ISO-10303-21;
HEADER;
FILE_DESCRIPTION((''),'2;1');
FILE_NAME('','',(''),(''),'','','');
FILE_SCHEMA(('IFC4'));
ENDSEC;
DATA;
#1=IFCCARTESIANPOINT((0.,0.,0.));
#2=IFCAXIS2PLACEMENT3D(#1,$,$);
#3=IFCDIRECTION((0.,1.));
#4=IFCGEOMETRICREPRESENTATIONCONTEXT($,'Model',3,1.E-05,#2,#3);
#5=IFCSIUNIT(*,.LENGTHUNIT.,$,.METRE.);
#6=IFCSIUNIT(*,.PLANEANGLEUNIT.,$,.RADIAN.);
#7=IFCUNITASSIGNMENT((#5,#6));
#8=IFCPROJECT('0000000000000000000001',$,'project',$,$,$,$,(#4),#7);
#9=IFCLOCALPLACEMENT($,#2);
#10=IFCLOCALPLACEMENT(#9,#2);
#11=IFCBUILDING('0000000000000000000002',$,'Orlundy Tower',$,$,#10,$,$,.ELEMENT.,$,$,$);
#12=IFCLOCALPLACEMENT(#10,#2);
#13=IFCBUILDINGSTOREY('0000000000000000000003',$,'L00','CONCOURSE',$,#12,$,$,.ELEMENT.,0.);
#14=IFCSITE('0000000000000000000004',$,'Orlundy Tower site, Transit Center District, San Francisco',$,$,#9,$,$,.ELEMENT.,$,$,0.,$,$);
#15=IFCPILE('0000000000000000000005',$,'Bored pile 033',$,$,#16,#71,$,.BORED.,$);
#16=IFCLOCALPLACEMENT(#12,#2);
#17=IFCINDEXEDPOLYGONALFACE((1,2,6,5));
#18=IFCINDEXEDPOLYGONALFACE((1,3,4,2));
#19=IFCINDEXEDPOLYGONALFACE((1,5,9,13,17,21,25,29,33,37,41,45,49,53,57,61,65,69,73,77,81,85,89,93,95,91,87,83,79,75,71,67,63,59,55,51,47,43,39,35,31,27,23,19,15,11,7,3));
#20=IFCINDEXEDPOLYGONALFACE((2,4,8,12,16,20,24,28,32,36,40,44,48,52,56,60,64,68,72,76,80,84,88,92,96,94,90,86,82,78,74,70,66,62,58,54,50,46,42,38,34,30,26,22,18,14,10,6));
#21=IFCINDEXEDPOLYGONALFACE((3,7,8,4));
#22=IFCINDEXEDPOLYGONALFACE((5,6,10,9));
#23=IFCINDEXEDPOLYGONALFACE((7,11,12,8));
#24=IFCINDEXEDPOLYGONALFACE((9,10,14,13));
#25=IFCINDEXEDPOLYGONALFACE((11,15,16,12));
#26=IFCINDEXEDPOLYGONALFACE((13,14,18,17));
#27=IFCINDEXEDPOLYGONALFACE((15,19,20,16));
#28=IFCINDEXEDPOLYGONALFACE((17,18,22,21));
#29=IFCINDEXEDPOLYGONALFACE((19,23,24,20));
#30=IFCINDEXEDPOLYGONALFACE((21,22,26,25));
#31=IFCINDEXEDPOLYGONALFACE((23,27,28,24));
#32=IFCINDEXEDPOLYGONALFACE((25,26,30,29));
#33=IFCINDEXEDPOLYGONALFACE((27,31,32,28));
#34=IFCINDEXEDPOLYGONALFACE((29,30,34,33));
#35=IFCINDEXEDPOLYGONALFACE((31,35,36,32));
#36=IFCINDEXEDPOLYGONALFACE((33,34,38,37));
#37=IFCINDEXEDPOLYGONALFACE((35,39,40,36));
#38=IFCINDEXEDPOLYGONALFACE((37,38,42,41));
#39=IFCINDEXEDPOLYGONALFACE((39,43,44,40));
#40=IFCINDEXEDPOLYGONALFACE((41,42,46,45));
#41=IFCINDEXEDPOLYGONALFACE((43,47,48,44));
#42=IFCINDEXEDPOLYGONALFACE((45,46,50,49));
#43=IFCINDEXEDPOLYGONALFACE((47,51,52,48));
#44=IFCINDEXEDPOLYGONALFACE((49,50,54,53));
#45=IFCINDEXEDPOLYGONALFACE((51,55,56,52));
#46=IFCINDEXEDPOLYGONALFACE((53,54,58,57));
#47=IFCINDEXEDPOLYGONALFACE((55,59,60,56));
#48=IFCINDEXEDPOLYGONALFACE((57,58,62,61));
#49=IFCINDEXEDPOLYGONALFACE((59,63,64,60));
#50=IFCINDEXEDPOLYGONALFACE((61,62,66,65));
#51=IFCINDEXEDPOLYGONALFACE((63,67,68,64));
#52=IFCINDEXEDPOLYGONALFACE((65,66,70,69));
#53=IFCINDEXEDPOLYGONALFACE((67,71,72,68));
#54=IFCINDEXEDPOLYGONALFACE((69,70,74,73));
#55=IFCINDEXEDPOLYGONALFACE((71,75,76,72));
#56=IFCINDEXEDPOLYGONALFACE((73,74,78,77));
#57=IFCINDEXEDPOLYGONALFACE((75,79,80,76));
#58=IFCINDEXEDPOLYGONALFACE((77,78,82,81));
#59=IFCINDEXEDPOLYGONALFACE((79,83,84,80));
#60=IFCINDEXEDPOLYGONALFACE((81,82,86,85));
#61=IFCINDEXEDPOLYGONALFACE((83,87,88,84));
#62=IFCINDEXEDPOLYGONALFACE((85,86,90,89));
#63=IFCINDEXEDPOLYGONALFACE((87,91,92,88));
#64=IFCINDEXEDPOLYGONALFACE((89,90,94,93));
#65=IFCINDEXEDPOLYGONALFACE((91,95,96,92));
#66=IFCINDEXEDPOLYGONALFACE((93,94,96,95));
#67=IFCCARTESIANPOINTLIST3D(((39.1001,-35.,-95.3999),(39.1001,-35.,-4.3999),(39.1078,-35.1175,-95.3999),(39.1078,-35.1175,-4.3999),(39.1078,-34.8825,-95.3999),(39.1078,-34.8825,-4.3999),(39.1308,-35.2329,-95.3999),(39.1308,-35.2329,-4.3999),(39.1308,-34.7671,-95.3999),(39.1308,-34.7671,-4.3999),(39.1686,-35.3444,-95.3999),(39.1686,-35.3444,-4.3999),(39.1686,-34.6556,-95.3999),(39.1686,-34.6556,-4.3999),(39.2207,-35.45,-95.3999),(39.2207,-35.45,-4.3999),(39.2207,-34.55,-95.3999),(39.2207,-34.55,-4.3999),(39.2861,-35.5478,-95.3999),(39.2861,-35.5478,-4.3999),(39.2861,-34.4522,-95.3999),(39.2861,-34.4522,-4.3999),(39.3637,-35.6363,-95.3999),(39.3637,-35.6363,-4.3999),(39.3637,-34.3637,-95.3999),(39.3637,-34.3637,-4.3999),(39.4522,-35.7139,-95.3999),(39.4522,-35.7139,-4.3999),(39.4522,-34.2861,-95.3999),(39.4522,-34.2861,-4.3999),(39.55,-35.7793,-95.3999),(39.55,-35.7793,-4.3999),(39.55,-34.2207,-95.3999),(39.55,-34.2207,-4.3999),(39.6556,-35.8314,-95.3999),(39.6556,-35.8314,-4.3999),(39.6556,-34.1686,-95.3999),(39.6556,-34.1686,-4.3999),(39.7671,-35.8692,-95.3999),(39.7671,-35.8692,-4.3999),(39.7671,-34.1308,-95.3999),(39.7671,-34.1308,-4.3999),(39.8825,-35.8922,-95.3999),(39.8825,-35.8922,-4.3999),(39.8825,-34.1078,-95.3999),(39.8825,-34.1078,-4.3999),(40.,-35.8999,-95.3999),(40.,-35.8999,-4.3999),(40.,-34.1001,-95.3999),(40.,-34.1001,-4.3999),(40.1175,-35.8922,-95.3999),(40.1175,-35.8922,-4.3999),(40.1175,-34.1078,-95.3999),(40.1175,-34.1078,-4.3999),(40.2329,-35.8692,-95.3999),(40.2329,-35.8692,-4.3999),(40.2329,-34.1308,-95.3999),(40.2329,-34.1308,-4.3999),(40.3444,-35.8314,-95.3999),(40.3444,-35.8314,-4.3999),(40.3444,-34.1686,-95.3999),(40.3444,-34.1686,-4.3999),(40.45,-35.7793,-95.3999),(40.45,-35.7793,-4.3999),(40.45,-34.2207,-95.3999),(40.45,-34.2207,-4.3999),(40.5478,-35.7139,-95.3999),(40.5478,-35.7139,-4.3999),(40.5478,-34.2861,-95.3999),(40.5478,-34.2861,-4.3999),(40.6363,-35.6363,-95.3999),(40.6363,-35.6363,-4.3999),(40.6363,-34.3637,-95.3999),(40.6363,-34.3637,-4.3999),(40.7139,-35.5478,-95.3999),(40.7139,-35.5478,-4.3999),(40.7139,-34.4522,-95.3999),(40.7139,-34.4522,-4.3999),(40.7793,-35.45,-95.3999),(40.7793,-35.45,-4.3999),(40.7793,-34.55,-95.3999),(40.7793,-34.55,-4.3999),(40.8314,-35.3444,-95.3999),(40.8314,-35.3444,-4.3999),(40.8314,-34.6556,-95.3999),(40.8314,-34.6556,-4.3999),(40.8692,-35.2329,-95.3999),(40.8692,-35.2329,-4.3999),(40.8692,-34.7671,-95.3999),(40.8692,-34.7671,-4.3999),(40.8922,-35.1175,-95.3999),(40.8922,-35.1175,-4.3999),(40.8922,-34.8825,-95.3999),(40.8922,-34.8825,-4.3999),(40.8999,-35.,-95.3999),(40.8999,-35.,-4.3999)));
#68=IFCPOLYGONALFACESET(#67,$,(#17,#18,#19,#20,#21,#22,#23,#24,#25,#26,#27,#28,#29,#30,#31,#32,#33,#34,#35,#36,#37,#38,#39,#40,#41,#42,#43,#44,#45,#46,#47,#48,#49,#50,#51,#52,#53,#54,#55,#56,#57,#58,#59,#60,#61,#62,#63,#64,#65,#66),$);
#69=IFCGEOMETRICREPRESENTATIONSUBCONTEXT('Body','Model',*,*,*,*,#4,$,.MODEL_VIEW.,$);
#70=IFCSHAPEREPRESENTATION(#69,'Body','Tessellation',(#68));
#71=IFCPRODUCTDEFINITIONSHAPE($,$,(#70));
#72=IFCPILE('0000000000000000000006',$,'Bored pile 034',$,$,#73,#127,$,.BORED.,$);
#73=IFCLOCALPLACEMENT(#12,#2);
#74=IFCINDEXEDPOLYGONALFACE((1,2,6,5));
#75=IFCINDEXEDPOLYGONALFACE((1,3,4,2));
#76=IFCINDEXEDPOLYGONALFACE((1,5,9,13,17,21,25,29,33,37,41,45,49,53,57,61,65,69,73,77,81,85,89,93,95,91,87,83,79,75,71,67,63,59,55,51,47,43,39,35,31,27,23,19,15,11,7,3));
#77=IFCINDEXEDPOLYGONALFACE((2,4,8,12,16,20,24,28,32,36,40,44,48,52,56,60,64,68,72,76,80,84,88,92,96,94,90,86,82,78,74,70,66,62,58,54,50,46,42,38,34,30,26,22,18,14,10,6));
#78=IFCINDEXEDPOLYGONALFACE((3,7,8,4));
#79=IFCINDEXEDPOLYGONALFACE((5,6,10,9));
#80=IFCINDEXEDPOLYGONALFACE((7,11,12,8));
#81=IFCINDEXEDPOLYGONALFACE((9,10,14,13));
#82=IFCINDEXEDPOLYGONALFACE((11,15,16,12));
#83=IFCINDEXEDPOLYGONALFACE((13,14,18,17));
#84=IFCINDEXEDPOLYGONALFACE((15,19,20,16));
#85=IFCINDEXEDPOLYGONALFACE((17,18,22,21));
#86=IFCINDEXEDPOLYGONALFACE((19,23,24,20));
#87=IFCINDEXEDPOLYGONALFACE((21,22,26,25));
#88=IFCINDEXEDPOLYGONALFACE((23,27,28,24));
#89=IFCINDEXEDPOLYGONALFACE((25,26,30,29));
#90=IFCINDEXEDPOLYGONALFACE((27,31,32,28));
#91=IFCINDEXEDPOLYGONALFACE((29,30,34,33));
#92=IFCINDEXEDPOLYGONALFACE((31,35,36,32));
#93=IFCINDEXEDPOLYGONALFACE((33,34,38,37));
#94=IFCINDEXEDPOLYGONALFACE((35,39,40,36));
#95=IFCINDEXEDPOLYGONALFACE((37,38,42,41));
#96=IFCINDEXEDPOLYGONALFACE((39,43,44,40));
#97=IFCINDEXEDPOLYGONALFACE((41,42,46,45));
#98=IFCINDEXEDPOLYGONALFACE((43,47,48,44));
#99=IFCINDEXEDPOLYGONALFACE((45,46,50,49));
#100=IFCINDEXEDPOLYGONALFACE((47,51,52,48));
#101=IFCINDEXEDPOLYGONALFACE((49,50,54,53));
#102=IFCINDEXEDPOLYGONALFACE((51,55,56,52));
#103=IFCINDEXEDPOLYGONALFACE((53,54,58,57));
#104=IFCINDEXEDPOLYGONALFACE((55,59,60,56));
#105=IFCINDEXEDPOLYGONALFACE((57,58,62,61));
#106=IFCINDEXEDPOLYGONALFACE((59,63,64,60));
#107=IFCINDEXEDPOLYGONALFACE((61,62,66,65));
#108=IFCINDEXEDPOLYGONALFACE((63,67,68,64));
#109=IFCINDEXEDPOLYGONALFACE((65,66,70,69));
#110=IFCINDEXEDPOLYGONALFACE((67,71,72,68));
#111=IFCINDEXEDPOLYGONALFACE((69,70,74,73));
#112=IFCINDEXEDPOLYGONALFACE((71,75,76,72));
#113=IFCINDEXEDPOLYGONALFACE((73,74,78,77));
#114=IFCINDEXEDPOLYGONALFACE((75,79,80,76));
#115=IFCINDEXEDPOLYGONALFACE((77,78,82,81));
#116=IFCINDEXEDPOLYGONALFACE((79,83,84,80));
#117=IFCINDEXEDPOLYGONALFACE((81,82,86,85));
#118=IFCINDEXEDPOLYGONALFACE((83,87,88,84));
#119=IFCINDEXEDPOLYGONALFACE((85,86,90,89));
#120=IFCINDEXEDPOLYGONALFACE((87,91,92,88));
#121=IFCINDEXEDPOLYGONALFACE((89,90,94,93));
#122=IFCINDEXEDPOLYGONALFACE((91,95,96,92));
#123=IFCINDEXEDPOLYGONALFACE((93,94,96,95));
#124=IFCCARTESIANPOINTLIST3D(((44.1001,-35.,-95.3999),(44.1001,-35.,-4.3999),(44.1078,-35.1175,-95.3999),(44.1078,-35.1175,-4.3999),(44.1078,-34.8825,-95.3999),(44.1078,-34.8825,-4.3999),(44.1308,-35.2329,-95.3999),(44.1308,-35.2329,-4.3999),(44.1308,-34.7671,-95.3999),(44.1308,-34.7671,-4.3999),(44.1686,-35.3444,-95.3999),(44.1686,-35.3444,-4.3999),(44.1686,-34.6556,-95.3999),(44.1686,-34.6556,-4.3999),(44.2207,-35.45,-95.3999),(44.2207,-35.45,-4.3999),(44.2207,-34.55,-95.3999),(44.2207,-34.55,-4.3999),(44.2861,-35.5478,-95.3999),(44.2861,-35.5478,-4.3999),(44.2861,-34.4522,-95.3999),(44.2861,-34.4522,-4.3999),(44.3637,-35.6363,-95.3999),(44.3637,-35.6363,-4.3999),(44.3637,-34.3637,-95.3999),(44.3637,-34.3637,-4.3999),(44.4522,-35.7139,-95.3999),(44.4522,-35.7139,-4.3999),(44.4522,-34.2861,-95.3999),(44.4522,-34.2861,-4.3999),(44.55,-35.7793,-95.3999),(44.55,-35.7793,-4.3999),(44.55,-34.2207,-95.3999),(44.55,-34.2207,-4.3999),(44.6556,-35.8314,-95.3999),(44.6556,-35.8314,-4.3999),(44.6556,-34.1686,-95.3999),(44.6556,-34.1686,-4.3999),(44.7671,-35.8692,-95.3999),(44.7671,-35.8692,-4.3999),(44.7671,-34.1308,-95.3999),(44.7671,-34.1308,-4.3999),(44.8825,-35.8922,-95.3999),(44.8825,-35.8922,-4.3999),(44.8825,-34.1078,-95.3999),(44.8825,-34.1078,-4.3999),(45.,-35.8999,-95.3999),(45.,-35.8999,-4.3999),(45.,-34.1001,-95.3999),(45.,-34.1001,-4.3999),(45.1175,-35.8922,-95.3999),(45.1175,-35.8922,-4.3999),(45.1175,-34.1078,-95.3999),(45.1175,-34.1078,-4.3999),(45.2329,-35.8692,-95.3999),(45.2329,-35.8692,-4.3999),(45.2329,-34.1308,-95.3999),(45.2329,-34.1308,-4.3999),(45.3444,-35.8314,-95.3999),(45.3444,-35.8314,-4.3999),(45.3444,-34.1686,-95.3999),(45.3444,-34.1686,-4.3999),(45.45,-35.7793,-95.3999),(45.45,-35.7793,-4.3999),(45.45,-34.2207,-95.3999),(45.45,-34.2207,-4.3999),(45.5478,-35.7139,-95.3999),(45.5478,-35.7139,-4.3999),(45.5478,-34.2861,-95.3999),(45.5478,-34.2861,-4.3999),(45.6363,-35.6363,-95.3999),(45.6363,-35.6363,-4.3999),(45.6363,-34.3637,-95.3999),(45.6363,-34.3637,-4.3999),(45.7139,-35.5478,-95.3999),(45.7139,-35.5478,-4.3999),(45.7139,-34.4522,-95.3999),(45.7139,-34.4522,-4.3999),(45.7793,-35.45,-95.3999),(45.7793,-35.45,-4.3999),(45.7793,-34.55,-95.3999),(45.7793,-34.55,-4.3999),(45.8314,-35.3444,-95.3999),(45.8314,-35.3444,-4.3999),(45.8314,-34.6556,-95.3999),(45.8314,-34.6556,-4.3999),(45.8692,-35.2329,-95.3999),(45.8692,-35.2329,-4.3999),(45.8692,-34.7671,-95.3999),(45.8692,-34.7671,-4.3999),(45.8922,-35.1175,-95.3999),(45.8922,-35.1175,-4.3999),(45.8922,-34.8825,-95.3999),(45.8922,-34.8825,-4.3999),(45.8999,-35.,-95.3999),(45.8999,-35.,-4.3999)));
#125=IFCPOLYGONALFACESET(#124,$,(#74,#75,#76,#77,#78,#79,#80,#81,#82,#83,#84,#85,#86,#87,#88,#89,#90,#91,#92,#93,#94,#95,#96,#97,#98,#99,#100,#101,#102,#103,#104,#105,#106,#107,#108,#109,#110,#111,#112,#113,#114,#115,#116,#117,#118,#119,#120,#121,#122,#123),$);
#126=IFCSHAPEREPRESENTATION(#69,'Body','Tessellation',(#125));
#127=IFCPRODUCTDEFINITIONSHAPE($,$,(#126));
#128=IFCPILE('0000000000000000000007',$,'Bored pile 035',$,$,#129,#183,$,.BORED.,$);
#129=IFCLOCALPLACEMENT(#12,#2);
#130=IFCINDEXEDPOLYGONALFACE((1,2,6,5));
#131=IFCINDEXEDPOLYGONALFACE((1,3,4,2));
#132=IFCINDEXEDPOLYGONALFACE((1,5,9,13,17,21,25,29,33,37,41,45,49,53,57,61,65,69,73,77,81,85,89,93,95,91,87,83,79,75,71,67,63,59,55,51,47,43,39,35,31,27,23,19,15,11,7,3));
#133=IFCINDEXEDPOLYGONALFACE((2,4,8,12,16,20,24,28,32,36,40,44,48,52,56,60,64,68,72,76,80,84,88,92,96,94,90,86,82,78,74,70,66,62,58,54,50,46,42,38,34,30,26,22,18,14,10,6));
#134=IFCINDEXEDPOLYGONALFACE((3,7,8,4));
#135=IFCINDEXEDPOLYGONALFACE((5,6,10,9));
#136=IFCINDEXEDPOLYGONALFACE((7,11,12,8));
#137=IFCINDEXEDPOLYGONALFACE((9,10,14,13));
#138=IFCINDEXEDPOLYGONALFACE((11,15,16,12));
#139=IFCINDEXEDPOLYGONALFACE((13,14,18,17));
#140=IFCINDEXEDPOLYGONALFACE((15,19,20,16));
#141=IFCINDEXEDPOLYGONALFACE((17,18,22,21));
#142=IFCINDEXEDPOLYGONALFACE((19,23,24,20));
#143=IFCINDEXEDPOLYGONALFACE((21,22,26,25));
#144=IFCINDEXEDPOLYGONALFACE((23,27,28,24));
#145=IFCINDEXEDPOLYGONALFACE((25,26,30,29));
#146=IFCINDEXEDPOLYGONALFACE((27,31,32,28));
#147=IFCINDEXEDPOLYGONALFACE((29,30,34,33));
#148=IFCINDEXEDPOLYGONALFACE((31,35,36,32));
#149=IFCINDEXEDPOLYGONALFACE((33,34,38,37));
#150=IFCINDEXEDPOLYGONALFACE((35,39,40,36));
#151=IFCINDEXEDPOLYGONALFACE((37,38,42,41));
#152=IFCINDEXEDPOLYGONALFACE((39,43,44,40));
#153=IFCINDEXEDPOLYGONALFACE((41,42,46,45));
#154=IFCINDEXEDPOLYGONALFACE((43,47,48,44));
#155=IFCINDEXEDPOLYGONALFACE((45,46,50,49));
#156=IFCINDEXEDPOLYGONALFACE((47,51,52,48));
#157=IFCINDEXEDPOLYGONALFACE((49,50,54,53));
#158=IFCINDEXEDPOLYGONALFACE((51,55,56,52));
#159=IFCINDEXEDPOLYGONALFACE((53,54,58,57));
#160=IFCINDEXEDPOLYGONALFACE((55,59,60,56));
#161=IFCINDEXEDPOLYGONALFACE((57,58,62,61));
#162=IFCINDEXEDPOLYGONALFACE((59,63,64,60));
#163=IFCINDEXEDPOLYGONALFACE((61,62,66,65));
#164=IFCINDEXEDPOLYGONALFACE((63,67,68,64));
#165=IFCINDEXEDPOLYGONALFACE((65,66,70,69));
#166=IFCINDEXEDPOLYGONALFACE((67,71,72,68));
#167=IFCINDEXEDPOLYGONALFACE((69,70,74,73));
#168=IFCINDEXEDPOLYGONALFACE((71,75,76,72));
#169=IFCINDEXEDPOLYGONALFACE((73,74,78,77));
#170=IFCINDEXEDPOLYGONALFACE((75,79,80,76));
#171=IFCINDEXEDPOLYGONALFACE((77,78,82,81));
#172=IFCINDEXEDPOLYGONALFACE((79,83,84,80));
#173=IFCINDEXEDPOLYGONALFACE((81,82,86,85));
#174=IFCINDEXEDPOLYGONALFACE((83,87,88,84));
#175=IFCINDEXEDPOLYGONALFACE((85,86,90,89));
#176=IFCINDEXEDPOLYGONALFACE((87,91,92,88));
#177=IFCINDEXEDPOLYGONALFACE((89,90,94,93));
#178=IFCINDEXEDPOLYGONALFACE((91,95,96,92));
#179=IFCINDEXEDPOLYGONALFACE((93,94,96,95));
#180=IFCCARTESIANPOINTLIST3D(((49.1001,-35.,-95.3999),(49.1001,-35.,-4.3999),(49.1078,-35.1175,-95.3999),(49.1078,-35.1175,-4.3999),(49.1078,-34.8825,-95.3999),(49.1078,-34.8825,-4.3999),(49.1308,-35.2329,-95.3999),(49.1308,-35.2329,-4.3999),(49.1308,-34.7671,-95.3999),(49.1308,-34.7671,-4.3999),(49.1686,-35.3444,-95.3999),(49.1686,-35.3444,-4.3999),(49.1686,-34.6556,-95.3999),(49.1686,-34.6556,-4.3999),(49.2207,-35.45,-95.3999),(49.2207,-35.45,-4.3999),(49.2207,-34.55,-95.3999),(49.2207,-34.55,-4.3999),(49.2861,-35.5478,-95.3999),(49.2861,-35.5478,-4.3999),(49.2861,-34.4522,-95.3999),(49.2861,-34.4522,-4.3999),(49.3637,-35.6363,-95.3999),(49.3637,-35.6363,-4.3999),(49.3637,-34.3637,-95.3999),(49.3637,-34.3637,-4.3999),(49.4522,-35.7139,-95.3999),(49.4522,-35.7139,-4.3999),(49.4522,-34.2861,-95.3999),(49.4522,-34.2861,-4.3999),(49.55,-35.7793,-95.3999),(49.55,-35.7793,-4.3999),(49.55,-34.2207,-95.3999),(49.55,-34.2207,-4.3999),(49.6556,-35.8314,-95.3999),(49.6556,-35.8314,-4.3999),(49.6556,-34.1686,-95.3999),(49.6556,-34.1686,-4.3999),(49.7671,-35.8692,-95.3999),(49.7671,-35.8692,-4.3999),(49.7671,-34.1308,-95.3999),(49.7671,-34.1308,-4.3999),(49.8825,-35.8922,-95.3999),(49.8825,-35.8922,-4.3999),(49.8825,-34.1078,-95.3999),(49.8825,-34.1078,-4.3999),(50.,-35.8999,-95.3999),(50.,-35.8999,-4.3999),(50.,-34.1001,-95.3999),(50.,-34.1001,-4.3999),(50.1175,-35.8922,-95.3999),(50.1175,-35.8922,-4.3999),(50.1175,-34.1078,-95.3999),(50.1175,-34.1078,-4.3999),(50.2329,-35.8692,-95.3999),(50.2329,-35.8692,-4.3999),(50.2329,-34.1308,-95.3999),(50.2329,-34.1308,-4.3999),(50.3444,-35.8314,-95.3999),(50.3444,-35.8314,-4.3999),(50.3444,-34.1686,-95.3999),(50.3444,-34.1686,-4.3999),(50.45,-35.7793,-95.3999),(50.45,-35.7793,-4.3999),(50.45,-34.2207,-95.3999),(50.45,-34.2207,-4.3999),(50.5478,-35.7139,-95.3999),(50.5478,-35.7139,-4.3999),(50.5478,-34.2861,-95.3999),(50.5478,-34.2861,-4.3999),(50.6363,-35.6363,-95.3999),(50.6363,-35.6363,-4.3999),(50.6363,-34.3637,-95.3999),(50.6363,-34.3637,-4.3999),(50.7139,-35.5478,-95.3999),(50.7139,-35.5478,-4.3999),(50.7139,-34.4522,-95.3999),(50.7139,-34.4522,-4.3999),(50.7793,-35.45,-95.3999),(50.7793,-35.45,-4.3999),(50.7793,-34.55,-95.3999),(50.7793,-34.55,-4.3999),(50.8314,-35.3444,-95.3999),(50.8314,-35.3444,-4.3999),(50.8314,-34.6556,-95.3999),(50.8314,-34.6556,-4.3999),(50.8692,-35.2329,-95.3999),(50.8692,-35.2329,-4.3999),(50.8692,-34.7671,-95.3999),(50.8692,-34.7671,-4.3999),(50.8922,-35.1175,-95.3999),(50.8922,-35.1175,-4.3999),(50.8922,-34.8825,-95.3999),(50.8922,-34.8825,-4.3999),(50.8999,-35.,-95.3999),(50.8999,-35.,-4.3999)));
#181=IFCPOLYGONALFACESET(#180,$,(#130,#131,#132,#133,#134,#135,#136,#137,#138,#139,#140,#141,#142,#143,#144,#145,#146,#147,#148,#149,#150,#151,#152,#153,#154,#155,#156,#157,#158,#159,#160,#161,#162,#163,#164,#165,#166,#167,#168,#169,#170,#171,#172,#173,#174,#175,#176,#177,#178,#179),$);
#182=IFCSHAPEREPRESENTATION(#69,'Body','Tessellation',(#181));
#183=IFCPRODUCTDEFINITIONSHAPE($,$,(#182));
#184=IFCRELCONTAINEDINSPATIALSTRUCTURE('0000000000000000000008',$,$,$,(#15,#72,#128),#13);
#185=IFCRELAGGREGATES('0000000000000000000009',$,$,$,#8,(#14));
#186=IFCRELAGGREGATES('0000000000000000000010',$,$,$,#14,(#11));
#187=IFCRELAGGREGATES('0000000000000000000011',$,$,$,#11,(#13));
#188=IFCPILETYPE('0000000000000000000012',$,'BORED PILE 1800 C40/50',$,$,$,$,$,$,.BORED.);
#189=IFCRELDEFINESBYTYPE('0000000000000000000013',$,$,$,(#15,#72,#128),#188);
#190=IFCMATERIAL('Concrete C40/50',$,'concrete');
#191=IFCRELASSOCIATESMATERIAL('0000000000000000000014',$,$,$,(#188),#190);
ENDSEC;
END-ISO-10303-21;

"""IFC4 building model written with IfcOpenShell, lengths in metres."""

from ifc_helpers import new_model, si_unit, direction, frame, origin, origin_2d, place, context, subcontext, project, spatial, circle, extrude, material, material_profile, profile_set, type_object, element, save


model = new_model("IFC4")

# Units and contexts
model_context = context("Model", 3, precision=1e-05, world=origin(), true_north=direction((0.0, 1.0)))
body_context = subcontext(model_context, "Body", "Model", "MODEL_VIEW")
ifc_project = project(units=[si_unit("LENGTHUNIT", "METRE"), si_unit("PLANEANGLEUNIT", "RADIAN")], contexts=[model_context])

# Site, building, storey
site_placement = place(None, origin())
site = spatial("IfcSite", under=ifc_project, at=site_placement, Name="Orlundy Tower site, Transit Center District, San Francisco", CompositionType="ELEMENT", RefElevation=0.0)
building_placement = place(site_placement, origin())
building = spatial("IfcBuilding", under=site, at=building_placement, Name="Orlundy Tower", CompositionType="ELEMENT")
storey_placement = place(building_placement, origin())
storey = spatial("IfcBuildingStorey", under=building, at=storey_placement, Name="L00", Description="CONCOURSE", CompositionType="ELEMENT", Elevation=0.0)

# Piles
ifc_material_1 = material(Name="Concrete C40/50", Category="concrete")
ifc_material_profile_1 = material_profile(ifc_material_1, circle(Radius=0.8999, at=origin_2d()), Name="BP1800")
ifc_profile_set_1 = profile_set([ifc_material_profile_1], Name="Concrete C40/50")
pile_type = type_object("IfcPileType", Name="BORED PILE 1800 C40/50", PredefinedType="BORED", material=ifc_profile_set_1)
for number, where, z_axis, x_axis, name in (
    (1, (40.0, -35.0, -4.3999), (0.0, 0.0, -1.0), (1.0, 0.0, 0.0), "Bored pile 033"),
    (2, (45.0, -35.0, -4.3999), (0.0, 0.0, -1.0), (1.0, 0.0, 0.0), "Bored pile 034"),
    (3, (50.0, -35.0, -4.3999), (0.0, 0.0, -1.0), (1.0, 0.0, 0.0), "Bored pile 035"),
):
    element("IfcPile", number, at=place(storey_placement, frame(where, z_axis=z_axis, x_axis=x_axis)), inside=storey, type_object=pile_type, Name=name, PredefinedType="BORED", context=body_context, shape_type="SweptSolid", body=[
        extrude(circle(Radius=0.8999, at=origin_2d()), origin(), (0.0, 0.0, 1.0), 91.0),
    ])

save(model, "model.ifc")
